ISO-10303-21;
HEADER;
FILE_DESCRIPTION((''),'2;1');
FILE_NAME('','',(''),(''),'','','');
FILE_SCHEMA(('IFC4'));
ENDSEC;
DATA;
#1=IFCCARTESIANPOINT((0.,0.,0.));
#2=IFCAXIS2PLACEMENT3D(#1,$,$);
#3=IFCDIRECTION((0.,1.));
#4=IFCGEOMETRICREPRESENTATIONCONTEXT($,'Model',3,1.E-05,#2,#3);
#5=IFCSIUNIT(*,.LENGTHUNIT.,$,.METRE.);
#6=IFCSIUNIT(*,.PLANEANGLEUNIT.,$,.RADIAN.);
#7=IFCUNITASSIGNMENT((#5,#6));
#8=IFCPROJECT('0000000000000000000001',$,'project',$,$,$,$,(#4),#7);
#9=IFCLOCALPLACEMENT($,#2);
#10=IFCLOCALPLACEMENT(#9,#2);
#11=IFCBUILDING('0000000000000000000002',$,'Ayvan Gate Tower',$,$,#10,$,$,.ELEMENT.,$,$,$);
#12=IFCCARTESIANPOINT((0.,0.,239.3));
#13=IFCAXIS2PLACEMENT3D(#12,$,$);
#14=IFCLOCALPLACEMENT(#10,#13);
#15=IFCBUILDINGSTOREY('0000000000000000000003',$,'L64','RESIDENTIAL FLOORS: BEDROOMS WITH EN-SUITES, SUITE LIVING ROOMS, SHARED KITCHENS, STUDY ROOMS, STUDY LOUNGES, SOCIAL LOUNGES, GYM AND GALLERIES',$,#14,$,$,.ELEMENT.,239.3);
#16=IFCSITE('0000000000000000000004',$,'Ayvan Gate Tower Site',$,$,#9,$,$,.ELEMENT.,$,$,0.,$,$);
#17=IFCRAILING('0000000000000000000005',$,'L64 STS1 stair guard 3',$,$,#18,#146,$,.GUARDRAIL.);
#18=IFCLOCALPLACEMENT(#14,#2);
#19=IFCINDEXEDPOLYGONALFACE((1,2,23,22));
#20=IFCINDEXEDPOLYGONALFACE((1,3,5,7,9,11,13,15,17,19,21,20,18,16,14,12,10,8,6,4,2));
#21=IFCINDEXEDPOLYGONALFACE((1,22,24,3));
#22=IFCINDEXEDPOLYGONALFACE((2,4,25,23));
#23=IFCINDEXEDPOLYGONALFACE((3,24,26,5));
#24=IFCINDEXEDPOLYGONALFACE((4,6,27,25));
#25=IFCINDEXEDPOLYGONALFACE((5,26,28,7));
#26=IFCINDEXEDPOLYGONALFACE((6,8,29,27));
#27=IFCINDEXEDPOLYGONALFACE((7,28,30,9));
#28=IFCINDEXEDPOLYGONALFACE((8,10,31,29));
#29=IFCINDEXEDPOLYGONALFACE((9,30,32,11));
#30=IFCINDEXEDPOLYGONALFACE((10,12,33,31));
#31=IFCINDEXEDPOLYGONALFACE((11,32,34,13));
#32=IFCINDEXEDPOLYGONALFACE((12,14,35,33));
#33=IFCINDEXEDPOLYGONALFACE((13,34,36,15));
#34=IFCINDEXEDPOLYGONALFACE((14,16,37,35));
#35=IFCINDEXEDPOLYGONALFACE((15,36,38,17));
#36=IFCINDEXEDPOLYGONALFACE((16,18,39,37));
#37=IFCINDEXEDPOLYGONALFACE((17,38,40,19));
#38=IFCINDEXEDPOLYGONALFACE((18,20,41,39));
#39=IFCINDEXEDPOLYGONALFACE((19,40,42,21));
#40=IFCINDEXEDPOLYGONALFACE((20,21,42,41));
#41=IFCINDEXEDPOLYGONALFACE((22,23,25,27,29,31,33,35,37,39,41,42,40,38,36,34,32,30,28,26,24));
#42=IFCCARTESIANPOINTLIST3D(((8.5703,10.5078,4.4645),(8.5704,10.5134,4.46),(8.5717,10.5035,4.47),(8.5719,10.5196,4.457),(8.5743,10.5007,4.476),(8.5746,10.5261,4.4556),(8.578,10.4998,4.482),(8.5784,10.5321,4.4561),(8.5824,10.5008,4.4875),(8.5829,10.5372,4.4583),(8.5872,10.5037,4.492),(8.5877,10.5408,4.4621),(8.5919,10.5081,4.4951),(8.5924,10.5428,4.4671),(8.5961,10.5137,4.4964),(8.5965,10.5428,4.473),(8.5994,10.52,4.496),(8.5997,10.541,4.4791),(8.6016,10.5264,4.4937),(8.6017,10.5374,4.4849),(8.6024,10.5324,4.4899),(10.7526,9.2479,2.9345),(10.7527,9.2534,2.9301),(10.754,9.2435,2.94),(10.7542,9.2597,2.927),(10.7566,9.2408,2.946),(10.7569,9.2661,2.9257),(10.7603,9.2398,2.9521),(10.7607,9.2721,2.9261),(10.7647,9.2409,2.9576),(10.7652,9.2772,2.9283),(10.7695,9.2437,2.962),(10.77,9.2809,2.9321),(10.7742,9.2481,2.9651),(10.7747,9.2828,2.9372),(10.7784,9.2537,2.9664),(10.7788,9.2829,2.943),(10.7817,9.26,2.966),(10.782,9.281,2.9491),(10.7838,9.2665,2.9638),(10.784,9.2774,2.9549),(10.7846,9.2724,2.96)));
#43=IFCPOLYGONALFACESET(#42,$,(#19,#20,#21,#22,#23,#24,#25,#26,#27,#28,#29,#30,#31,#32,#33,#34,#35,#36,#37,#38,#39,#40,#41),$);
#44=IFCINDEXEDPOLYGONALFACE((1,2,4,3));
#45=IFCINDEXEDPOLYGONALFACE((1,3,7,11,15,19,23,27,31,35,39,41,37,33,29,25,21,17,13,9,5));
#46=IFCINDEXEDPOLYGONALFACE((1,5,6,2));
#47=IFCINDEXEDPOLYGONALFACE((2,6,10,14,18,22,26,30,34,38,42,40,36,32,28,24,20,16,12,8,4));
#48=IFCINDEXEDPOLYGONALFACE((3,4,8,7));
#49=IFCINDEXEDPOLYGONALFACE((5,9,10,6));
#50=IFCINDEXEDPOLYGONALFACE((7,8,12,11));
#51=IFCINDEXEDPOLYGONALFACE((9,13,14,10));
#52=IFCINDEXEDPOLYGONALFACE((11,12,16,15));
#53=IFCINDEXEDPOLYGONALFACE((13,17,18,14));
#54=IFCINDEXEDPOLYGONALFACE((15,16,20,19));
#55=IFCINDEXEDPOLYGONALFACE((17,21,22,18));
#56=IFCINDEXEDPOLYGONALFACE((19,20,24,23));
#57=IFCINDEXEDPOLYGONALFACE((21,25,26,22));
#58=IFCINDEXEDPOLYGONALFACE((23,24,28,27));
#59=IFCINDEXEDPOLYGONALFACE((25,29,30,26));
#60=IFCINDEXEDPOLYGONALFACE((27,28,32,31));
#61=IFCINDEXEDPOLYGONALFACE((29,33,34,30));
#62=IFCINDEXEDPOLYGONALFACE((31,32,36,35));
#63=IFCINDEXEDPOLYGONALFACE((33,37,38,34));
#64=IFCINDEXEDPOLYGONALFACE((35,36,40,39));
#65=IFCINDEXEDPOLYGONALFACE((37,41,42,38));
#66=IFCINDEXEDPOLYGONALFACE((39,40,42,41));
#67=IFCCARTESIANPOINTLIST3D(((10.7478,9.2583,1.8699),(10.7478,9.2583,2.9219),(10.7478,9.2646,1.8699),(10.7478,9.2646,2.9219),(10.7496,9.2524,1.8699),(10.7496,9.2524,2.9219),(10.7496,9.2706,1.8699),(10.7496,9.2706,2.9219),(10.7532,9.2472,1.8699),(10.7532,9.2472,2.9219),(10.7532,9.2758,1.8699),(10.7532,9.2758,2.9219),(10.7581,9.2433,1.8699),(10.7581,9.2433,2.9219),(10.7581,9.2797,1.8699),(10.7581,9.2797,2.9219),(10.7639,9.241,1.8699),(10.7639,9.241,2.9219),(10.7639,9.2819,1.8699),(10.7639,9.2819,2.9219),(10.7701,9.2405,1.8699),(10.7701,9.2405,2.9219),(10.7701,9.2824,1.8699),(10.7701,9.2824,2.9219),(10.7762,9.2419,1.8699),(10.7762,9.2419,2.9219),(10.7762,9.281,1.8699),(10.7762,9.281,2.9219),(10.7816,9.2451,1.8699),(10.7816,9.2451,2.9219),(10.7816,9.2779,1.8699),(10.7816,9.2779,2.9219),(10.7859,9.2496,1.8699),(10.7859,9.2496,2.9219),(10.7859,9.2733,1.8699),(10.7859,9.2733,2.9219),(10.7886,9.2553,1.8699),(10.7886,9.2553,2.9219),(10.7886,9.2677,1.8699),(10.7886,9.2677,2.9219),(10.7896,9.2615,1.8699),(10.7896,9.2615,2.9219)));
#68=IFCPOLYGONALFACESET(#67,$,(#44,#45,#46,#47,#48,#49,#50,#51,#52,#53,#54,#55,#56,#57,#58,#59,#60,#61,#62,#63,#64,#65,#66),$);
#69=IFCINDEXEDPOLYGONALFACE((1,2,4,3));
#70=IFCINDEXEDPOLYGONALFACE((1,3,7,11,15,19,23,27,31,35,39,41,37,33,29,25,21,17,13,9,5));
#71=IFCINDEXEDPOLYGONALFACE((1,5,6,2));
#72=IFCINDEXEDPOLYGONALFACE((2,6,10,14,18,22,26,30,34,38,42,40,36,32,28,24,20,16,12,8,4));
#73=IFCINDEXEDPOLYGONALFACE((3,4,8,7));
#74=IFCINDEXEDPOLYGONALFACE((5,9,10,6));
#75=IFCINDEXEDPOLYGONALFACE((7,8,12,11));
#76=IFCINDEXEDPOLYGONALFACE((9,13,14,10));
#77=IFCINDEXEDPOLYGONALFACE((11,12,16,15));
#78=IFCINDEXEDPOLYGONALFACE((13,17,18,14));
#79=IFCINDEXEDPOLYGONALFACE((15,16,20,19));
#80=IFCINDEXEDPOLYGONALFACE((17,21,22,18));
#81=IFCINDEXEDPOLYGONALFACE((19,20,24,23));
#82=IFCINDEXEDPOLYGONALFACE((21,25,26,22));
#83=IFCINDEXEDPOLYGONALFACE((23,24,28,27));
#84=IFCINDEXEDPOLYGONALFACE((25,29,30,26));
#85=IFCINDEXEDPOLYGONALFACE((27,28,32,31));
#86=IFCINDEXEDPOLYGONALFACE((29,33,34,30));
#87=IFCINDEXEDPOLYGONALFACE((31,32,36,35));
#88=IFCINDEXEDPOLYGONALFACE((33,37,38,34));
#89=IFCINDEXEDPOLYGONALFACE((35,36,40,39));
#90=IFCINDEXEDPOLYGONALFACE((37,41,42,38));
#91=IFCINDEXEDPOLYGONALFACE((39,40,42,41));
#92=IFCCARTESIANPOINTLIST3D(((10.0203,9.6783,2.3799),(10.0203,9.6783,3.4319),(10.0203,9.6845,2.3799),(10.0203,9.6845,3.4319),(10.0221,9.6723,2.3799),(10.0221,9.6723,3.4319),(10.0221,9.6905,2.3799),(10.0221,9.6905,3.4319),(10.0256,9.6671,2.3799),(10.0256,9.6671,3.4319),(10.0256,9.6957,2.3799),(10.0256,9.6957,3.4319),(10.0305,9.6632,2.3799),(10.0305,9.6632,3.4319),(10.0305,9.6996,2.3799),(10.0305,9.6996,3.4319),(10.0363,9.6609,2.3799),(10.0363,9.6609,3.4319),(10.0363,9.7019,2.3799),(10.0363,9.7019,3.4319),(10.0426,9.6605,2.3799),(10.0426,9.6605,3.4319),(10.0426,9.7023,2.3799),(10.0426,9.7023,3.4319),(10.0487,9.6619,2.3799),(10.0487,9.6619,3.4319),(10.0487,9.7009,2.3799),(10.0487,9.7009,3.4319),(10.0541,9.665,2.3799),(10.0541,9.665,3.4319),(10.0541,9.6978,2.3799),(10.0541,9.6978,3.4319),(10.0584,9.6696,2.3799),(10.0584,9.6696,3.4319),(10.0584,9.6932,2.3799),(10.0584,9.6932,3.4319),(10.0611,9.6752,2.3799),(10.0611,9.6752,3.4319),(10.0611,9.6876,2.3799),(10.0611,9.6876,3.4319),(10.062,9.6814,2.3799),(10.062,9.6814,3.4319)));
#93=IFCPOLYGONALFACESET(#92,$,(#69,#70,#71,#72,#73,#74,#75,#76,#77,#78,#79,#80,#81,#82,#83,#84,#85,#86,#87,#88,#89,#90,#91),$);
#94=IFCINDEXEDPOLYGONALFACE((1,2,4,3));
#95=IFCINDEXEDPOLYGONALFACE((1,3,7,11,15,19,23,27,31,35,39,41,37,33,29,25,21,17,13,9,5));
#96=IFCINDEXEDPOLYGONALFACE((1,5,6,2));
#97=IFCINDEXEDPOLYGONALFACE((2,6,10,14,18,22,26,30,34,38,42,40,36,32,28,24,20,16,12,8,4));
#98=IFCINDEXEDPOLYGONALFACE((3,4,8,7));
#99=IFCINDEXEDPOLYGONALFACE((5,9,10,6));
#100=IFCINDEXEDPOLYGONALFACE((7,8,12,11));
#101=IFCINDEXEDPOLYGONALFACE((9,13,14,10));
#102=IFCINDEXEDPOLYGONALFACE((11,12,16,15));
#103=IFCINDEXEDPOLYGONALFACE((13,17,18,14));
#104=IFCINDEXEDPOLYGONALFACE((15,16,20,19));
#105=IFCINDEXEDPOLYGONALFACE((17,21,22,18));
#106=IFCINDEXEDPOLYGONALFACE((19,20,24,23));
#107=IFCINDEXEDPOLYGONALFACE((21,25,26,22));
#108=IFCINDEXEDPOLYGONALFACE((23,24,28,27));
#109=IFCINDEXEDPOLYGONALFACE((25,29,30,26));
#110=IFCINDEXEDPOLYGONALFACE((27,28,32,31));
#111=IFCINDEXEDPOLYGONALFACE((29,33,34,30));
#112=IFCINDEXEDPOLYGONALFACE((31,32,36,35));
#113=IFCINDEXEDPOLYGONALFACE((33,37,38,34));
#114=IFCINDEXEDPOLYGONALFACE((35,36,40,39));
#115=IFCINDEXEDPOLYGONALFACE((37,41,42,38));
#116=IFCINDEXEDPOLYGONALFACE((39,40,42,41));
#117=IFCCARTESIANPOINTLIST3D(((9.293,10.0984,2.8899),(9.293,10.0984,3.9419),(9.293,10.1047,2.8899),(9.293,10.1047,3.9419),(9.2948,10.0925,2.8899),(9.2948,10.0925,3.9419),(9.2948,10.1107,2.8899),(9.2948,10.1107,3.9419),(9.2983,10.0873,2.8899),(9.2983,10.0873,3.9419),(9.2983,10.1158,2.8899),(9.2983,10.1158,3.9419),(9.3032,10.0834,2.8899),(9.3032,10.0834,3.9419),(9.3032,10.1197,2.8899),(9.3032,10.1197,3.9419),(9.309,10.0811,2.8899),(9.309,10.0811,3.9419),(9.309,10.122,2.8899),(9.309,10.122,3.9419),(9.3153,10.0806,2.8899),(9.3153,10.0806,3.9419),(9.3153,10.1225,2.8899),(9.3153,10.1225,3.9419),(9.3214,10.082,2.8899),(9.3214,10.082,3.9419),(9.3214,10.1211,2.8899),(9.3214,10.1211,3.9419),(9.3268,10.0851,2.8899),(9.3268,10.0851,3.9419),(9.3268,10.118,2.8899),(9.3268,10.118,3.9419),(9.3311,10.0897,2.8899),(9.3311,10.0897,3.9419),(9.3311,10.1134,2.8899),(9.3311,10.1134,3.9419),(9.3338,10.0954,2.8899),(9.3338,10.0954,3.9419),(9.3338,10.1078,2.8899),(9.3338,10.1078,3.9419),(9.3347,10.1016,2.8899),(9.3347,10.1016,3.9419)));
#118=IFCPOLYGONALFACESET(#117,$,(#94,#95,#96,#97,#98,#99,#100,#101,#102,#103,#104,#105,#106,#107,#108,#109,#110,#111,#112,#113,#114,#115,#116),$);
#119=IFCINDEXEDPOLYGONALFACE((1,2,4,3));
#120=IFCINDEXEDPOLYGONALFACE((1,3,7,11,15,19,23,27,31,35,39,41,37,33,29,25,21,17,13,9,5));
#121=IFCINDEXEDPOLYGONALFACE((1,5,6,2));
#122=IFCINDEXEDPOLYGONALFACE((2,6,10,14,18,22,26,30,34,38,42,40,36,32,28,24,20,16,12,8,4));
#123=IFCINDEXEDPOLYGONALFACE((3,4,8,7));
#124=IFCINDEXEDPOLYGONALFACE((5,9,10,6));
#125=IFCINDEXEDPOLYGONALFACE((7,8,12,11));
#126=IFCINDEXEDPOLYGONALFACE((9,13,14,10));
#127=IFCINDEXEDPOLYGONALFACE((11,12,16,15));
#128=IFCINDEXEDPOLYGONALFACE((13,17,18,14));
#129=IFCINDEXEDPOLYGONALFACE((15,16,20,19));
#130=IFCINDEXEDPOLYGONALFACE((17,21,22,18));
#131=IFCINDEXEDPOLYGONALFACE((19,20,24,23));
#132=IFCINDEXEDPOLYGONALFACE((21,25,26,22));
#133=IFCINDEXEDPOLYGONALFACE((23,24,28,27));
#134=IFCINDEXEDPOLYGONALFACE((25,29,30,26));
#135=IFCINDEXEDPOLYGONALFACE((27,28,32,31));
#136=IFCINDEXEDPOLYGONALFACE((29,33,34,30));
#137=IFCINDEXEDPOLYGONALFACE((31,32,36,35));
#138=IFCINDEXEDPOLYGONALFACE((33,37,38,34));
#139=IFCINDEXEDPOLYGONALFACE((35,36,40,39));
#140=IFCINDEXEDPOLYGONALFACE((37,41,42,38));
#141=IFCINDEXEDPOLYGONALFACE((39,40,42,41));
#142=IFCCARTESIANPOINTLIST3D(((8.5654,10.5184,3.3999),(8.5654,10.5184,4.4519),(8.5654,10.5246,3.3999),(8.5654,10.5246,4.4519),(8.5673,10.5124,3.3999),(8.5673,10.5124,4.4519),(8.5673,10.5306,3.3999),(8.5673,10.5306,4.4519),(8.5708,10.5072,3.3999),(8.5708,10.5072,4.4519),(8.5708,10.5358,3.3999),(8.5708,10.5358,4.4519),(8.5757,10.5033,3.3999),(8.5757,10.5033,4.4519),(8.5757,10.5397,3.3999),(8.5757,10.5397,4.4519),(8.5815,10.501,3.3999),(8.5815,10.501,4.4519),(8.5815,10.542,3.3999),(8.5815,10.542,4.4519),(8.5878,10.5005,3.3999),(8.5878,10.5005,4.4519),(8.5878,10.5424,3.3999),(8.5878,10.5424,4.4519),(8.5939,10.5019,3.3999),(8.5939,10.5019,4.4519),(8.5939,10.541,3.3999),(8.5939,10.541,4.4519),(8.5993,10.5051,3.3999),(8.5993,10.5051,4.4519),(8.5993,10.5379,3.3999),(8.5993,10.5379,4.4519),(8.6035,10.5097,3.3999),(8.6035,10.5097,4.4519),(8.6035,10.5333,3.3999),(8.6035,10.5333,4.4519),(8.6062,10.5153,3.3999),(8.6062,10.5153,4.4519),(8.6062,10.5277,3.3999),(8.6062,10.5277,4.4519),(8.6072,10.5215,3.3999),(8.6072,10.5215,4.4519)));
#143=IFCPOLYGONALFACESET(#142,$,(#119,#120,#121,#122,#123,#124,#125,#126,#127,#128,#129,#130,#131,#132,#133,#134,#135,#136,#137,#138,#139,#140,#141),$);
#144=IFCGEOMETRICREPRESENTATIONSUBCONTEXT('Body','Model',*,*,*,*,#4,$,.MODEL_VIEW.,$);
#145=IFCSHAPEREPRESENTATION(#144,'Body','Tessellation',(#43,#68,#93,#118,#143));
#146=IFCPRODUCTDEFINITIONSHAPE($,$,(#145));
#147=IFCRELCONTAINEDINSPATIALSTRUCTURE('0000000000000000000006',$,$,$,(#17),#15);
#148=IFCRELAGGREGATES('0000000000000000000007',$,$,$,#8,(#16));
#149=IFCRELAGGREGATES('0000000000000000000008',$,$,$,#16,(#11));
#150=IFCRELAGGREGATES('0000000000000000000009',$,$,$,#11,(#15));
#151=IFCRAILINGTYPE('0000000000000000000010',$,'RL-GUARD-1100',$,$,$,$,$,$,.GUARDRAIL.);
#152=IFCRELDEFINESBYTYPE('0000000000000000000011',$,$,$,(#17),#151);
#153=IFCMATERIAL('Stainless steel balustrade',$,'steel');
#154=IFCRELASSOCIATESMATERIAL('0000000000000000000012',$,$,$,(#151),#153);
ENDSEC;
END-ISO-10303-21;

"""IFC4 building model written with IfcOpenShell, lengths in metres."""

from ifc_helpers import new_model, si_unit, direction, frame, origin, origin_2d, place, context, subcontext, project, spatial, circle, extrude, material, type_object, element, save


model = new_model("IFC4")

# Units and contexts
model_context = context("Model", 3, precision=1e-05, world=origin(), true_north=direction((0.0, 1.0)))
body_context = subcontext(model_context, "Body", "Model", "MODEL_VIEW")
ifc_project = project(units=[si_unit("LENGTHUNIT", "METRE"), si_unit("PLANEANGLEUNIT", "RADIAN")], contexts=[model_context])

# Site, building, storey
site_placement = place(None, origin())
site = spatial("IfcSite", under=ifc_project, at=site_placement, Name="Ayvan Gate Tower Site", CompositionType="ELEMENT", RefElevation=0.0)
building_placement = place(site_placement, origin())
building = spatial("IfcBuilding", under=site, at=building_placement, Name="Ayvan Gate Tower", CompositionType="ELEMENT")
storey_placement = place(building_placement, frame((0.0, 0.0, 239.3)))
storey = spatial("IfcBuildingStorey", under=building, at=storey_placement, Name="L64", Description="RESIDENTIAL FLOORS: BEDROOMS WITH EN-SUITES, SUITE LIVING ROOMS, SHARED KITCHENS, STUDY ROOMS, STUDY LOUNGES, SOCIAL LOUNGES, GYM AND GALLERIES", CompositionType="ELEMENT", Elevation=239.3)

# Railing
ifc_material_1 = material(Name="Stainless steel balustrade", Category="steel")
railing_type_1 = type_object("IfcRailingType", Name="RL-GUARD-1100", PredefinedType="GUARDRAIL", material=ifc_material_1)
railing_1_placement = place(storey_placement, frame((10.7686, 9.2615, 1.8699)))
element("IfcRailing", 1, at=railing_1_placement, inside=storey, type_object=railing_type_1, Name="L64 STS1 stair guard 3", PredefinedType="GUARDRAIL", context=body_context, shape_type="SweptSolid", body=[
    extrude(circle(Radius=0.0239, at=origin_2d()), frame((0.0, 0.0, 1.0762), z_axis=(-0.740261, 0.427395, 0.518986), x_axis=(-0.500005, -0.866023, 0.0)), (0.0, 0.0, 1.0), 2.948),
    extrude(circle(Radius=0.021, at=origin_2d()), origin(), (0.0, 0.0, 1.0), 1.052),
    extrude(circle(Radius=0.021, at=origin_2d()), frame((-0.7275, 0.4199, 0.51)), (0.0, 0.0, 1.0), 1.052),
    extrude(circle(Radius=0.021, at=origin_2d()), frame((-1.4548, 0.8401, 1.02)), (0.0, 0.0, 1.0), 1.052),
    extrude(circle(Radius=0.021, at=origin_2d()), frame((-2.1824, 1.26, 1.53)), (0.0, 0.0, 1.0), 1.052),
])

save(model, "model.ifc")
